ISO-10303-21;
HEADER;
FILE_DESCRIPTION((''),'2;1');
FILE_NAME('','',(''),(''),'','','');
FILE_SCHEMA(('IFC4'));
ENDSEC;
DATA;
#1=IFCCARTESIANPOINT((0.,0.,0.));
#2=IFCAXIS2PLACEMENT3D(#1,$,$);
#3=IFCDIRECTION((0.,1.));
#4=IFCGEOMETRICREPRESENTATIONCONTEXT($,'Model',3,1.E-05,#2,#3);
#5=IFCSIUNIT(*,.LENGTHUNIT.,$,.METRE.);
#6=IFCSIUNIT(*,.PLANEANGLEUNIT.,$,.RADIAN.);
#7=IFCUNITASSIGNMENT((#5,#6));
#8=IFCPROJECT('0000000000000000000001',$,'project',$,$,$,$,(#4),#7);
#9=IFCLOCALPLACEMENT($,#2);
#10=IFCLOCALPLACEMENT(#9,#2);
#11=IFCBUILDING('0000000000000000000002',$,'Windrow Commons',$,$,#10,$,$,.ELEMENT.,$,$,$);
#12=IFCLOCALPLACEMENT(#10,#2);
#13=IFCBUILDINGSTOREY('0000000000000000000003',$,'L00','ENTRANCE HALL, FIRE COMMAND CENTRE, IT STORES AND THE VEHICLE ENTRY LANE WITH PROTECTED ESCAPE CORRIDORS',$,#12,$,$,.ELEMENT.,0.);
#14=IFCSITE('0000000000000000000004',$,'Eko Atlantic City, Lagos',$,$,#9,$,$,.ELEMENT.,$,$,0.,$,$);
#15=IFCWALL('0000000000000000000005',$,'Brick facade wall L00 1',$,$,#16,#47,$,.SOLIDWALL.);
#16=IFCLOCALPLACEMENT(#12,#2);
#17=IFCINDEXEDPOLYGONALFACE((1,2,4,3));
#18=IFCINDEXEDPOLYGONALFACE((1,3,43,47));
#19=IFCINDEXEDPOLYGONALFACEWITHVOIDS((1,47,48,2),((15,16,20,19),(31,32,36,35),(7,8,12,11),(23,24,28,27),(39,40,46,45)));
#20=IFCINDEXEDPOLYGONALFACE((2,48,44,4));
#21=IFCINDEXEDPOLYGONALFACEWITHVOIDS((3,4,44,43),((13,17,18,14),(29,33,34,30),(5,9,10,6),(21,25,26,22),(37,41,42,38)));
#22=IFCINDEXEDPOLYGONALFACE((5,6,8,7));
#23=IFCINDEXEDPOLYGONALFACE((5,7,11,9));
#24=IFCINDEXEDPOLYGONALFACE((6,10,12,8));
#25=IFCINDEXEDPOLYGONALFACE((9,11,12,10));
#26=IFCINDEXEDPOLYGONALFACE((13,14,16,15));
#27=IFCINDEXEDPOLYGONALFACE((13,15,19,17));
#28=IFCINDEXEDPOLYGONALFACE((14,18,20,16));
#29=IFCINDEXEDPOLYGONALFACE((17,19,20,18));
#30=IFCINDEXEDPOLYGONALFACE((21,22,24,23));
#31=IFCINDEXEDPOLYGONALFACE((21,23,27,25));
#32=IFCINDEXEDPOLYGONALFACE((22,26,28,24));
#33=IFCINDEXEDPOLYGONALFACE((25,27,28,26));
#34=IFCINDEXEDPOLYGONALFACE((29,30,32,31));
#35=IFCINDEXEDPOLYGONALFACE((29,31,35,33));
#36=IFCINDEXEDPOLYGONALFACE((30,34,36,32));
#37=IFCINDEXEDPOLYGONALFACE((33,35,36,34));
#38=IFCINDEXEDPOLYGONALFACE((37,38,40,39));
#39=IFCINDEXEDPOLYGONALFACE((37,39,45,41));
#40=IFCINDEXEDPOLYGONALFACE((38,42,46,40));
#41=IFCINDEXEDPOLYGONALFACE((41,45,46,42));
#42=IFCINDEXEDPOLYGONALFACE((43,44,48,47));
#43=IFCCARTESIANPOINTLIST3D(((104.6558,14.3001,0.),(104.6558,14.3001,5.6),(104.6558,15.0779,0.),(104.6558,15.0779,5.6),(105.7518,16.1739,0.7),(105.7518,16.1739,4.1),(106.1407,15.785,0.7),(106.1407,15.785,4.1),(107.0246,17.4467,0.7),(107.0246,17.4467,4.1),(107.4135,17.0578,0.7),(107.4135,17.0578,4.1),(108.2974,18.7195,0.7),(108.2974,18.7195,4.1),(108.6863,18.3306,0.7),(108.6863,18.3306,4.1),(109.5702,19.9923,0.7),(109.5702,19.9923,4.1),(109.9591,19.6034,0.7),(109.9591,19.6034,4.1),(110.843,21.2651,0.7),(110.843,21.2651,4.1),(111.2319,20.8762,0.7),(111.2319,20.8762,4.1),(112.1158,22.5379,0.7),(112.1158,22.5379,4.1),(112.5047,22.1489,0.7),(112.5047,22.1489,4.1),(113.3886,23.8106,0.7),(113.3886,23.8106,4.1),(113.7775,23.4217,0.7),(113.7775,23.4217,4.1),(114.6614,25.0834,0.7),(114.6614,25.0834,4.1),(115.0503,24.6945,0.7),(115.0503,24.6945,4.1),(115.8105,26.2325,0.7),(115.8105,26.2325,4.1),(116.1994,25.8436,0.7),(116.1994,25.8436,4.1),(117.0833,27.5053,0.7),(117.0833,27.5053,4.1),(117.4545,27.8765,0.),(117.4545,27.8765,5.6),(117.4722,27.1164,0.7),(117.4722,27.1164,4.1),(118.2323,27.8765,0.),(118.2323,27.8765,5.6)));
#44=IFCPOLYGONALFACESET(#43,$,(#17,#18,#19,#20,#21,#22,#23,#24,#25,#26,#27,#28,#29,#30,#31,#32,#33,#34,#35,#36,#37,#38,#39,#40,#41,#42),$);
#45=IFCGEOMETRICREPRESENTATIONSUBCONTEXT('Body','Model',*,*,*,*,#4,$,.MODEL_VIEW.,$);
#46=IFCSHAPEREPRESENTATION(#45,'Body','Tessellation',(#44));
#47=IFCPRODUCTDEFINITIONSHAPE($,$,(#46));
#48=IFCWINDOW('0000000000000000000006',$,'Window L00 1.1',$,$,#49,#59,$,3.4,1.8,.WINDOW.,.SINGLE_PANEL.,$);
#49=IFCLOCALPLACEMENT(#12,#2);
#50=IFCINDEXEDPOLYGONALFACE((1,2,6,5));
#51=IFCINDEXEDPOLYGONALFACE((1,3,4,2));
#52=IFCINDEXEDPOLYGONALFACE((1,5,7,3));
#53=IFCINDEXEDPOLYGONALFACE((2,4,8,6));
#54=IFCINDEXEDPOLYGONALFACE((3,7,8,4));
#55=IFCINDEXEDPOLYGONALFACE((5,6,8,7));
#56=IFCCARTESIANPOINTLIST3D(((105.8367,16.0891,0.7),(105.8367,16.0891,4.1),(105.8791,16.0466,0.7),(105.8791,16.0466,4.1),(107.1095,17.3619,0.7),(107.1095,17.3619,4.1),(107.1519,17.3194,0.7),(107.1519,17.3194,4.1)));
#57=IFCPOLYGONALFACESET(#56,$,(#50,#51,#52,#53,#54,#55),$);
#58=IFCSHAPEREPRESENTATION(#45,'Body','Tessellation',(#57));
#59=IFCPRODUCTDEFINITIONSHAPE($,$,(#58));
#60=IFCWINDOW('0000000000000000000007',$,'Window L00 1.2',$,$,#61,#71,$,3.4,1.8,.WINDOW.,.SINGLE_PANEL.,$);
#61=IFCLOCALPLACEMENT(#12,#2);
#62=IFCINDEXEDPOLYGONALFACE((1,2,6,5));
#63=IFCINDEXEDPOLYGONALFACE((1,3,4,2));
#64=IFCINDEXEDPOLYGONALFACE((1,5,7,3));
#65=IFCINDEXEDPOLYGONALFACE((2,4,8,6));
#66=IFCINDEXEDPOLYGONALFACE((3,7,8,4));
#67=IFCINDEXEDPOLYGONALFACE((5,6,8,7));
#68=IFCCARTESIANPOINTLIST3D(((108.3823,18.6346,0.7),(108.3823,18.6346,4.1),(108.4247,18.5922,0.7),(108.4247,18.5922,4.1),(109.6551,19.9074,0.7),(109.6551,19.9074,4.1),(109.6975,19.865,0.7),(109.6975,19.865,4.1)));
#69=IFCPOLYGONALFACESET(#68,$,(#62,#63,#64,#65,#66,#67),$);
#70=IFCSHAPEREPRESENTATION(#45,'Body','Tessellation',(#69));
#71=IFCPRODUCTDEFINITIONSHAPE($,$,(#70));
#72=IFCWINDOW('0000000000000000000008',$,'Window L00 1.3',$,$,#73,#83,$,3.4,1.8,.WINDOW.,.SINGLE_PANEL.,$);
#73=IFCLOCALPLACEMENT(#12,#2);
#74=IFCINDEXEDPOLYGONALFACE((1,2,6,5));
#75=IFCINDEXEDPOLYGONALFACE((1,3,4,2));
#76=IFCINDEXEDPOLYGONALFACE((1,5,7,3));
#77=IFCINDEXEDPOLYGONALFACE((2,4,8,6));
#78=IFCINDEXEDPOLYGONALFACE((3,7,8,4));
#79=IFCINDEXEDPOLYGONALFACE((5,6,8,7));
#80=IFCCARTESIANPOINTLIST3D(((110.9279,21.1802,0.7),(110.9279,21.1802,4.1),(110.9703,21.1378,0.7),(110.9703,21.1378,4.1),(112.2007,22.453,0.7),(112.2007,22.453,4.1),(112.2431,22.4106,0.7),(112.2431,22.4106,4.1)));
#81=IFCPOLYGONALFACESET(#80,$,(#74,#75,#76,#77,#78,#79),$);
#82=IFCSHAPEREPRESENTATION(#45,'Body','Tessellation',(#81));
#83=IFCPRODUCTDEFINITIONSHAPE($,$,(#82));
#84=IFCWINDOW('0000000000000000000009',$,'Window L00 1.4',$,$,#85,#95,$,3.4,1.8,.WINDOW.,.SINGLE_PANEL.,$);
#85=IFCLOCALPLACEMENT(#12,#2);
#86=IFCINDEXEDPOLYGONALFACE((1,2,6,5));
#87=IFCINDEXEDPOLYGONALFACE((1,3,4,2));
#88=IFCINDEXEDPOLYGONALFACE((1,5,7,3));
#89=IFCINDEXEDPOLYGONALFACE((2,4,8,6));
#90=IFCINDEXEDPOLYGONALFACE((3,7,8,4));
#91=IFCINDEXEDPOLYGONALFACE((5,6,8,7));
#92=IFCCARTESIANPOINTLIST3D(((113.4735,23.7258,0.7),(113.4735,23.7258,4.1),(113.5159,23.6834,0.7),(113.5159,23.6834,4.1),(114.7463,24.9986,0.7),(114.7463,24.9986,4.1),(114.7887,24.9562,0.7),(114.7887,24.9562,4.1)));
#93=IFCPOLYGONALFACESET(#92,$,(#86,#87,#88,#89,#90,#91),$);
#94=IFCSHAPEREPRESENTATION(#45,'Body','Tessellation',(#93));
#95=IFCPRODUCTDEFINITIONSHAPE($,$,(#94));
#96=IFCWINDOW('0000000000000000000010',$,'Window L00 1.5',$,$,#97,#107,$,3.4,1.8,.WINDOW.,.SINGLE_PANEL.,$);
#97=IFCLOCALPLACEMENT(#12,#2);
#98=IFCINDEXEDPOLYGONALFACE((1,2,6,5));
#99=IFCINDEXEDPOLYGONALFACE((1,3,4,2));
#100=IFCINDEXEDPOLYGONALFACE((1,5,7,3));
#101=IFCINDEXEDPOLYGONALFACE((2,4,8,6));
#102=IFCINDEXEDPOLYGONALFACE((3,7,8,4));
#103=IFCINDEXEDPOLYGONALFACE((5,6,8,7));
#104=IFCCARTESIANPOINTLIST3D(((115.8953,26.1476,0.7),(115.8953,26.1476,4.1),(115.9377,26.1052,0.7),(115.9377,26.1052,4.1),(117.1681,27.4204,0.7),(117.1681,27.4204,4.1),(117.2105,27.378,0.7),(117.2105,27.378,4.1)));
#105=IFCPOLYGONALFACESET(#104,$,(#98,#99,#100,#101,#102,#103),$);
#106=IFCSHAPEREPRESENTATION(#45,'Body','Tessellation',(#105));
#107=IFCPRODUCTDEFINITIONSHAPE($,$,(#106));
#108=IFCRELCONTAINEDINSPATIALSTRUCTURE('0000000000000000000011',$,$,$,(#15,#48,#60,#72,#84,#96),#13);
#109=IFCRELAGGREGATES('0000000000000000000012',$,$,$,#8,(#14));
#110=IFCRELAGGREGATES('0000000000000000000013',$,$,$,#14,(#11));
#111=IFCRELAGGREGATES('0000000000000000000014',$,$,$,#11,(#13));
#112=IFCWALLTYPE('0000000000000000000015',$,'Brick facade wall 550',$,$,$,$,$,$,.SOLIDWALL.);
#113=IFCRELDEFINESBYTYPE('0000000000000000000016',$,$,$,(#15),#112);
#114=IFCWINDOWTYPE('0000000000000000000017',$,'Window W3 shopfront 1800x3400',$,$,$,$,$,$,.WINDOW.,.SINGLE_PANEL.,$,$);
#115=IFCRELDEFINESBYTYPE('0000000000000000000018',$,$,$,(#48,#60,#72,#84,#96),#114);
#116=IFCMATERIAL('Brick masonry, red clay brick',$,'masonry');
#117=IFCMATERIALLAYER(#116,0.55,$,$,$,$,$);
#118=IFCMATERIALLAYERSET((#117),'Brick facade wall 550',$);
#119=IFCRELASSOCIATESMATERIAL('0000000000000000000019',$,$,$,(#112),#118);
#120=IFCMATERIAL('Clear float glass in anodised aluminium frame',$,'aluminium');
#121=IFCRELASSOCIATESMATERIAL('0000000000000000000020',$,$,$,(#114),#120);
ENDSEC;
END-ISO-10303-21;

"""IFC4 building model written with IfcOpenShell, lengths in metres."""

from ifc_helpers import new_model, si_unit, direction, frame, frame_2d, origin, place, context, subcontext, project, spatial, polyline, rectangle, outline, extrude, material, layer, layer_set, type_object, element, fill, save


model = new_model("IFC4")

# Units and contexts
model_context = context("Model", 3, precision=1e-05, world=origin(), true_north=direction((0.0, 1.0)))
body_context = subcontext(model_context, "Body", "Model", "MODEL_VIEW")
ifc_project = project(units=[si_unit("LENGTHUNIT", "METRE"), si_unit("PLANEANGLEUNIT", "RADIAN")], contexts=[model_context])

# Site, building, storey
site_placement = place(None, origin())
site = spatial("IfcSite", under=ifc_project, at=site_placement, Name="Eko Atlantic City, Lagos", CompositionType="ELEMENT", RefElevation=0.0)
building_placement = place(site_placement, origin())
building = spatial("IfcBuilding", under=site, at=building_placement, Name="Windrow Commons", CompositionType="ELEMENT")
storey_placement = place(building_placement, origin())
storey = spatial("IfcBuildingStorey", under=building, at=storey_placement, Name="L00", Description="ENTRANCE HALL, FIRE COMMAND CENTRE, IT STORES AND THE VEHICLE ENTRY LANE WITH PROTECTED ESCAPE CORRIDORS", CompositionType="ELEMENT", Elevation=0.0)

# Wall, openings, windows
ifc_material_1 = material(Name="Brick masonry, red clay brick", Category="masonry")
ifc_layer = layer(ifc_material_1, 0.55)
ifc_layer_set = layer_set([ifc_layer], Name="Brick facade wall 550")
wall_type = type_object("IfcWallType", Name="Brick facade wall 550", PredefinedType="SOLIDWALL", material=ifc_layer_set)
wall_placement = place(storey_placement, frame((104.6558, 14.689, 0.0), z_axis=(0.0, 0.0, 1.0), x_axis=(0.707109, 0.707104, 0.0)))
wall = element("IfcWall", 1, at=wall_placement, inside=storey, type_object=wall_type, Name="Brick facade wall L00 1", PredefinedType="SOLIDWALL", context=body_context, shape_type="SweptSolid", body=[
    extrude(outline(polyline([(-0.275, -0.275), (18.925, -0.275), (18.375, 0.275), (0.275, 0.275), (-0.275, -0.275)])), origin(), (0.0, 0.0, 1.0), 5.6),
])
opening_1_placement = place(wall_placement, frame((1.825, 0.0, 0.7)))
opening_1 = element("IfcOpeningElement", 2, at=opening_1_placement, cuts=wall, PredefinedType="OPENING", context=body_context, shape_type="SweptSolid", body=[
    extrude(rectangle(XDim=1.8, YDim=3.4, at=frame_2d((0.9, 1.7))), frame((0.0, 0.285, 0.0), z_axis=(0.0, -1.0, 0.0), x_axis=(1.0, 0.0, 0.0)), (0.0, 0.0, 1.0), 0.57),
])
opening_2_placement = place(wall_placement, frame((5.425, 0.0, 0.7)))
opening_2 = element("IfcOpeningElement", 3, at=opening_2_placement, cuts=wall, PredefinedType="OPENING", context=body_context, shape_type="SweptSolid", body=[
    extrude(rectangle(XDim=1.8, YDim=3.4, at=frame_2d((0.9, 1.7))), frame((0.0, 0.285, 0.0), z_axis=(0.0, -1.0, 0.0), x_axis=(1.0, 0.0, 0.0)), (0.0, 0.0, 1.0), 0.57),
])
opening_3_placement = place(wall_placement, frame((9.025, 0.0, 0.7)))
opening_3 = element("IfcOpeningElement", 4, at=opening_3_placement, cuts=wall, PredefinedType="OPENING", context=body_context, shape_type="SweptSolid", body=[
    extrude(rectangle(XDim=1.8, YDim=3.4, at=frame_2d((0.9, 1.7))), frame((0.0, 0.285, 0.0), z_axis=(0.0, -1.0, 0.0), x_axis=(1.0, 0.0, 0.0)), (0.0, 0.0, 1.0), 0.57),
])
opening_4_placement = place(wall_placement, frame((12.625, 0.0, 0.7)))
opening_4 = element("IfcOpeningElement", 5, at=opening_4_placement, cuts=wall, PredefinedType="OPENING", context=body_context, shape_type="SweptSolid", body=[
    extrude(rectangle(XDim=1.8, YDim=3.4, at=frame_2d((0.9, 1.7))), frame((0.0, 0.285, 0.0), z_axis=(0.0, -1.0, 0.0), x_axis=(1.0, 0.0, 0.0)), (0.0, 0.0, 1.0), 0.57),
])
opening_5_placement = place(wall_placement, frame((16.05, 0.0, 0.7)))
opening_5 = element("IfcOpeningElement", 6, at=opening_5_placement, cuts=wall, PredefinedType="OPENING", context=body_context, shape_type="SweptSolid", body=[
    extrude(rectangle(XDim=1.8, YDim=3.4, at=frame_2d((0.9, 1.7))), frame((0.0, 0.285, 0.0), z_axis=(0.0, -1.0, 0.0), x_axis=(1.0, 0.0, 0.0)), (0.0, 0.0, 1.0), 0.57),
])
ifc_material_2 = material(Name="Clear float glass in anodised aluminium frame", Category="aluminium")
window_type = type_object("IfcWindowType", Name="Window W3 shopfront 1800x3400", PartitioningType="SINGLE_PANEL", PredefinedType="WINDOW", material=ifc_material_2)
window_1_placement = place(opening_1_placement, origin())
window_1 = element("IfcWindow", 7, at=window_1_placement, inside=storey, type_object=window_type, Name="Window L00 1.1", OverallHeight=3.4, OverallWidth=1.8, PartitioningType="SINGLE_PANEL", PredefinedType="WINDOW", context=body_context, shape_type="SweptSolid", body=[
    extrude(rectangle(XDim=1.8, YDim=3.4, at=frame_2d((0.9, 1.7))), frame((0.0, 0.155, 0.0), z_axis=(0.0, -1.0, 0.0), x_axis=(1.0, 0.0, 0.0)), (0.0, 0.0, 1.0), 0.06),
])
fill(opening_1, window_1)
window_2_placement = place(opening_2_placement, origin())
window_2 = element("IfcWindow", 8, at=window_2_placement, inside=storey, type_object=window_type, Name="Window L00 1.2", OverallHeight=3.4, OverallWidth=1.8, PartitioningType="SINGLE_PANEL", PredefinedType="WINDOW", context=body_context, shape_type="SweptSolid", body=[
    extrude(rectangle(XDim=1.8, YDim=3.4, at=frame_2d((0.9, 1.7))), frame((0.0, 0.155, 0.0), z_axis=(0.0, -1.0, 0.0), x_axis=(1.0, 0.0, 0.0)), (0.0, 0.0, 1.0), 0.06),
])
fill(opening_2, window_2)
window_3_placement = place(opening_3_placement, origin())
window_3 = element("IfcWindow", 9, at=window_3_placement, inside=storey, type_object=window_type, Name="Window L00 1.3", OverallHeight=3.4, OverallWidth=1.8, PartitioningType="SINGLE_PANEL", PredefinedType="WINDOW", context=body_context, shape_type="SweptSolid", body=[
    extrude(rectangle(XDim=1.8, YDim=3.4, at=frame_2d((0.9, 1.7))), frame((0.0, 0.155, 0.0), z_axis=(0.0, -1.0, 0.0), x_axis=(1.0, 0.0, 0.0)), (0.0, 0.0, 1.0), 0.06),
])
fill(opening_3, window_3)
window_4_placement = place(opening_4_placement, origin())
window_4 = element("IfcWindow", 10, at=window_4_placement, inside=storey, type_object=window_type, Name="Window L00 1.4", OverallHeight=3.4, OverallWidth=1.8, PartitioningType="SINGLE_PANEL", PredefinedType="WINDOW", context=body_context, shape_type="SweptSolid", body=[
    extrude(rectangle(XDim=1.8, YDim=3.4, at=frame_2d((0.9, 1.7))), frame((0.0, 0.155, 0.0), z_axis=(0.0, -1.0, 0.0), x_axis=(1.0, 0.0, 0.0)), (0.0, 0.0, 1.0), 0.06),
])
fill(opening_4, window_4)
window_5_placement = place(opening_5_placement, origin())
window_5 = element("IfcWindow", 11, at=window_5_placement, inside=storey, type_object=window_type, Name="Window L00 1.5", OverallHeight=3.4, OverallWidth=1.8, PartitioningType="SINGLE_PANEL", PredefinedType="WINDOW", context=body_context, shape_type="SweptSolid", body=[
    extrude(rectangle(XDim=1.8, YDim=3.4, at=frame_2d((0.9, 1.7))), frame((0.0, 0.155, 0.0), z_axis=(0.0, -1.0, 0.0), x_axis=(1.0, 0.0, 0.0)), (0.0, 0.0, 1.0), 0.06),
])
fill(opening_5, window_5)

save(model, "model.ifc")
